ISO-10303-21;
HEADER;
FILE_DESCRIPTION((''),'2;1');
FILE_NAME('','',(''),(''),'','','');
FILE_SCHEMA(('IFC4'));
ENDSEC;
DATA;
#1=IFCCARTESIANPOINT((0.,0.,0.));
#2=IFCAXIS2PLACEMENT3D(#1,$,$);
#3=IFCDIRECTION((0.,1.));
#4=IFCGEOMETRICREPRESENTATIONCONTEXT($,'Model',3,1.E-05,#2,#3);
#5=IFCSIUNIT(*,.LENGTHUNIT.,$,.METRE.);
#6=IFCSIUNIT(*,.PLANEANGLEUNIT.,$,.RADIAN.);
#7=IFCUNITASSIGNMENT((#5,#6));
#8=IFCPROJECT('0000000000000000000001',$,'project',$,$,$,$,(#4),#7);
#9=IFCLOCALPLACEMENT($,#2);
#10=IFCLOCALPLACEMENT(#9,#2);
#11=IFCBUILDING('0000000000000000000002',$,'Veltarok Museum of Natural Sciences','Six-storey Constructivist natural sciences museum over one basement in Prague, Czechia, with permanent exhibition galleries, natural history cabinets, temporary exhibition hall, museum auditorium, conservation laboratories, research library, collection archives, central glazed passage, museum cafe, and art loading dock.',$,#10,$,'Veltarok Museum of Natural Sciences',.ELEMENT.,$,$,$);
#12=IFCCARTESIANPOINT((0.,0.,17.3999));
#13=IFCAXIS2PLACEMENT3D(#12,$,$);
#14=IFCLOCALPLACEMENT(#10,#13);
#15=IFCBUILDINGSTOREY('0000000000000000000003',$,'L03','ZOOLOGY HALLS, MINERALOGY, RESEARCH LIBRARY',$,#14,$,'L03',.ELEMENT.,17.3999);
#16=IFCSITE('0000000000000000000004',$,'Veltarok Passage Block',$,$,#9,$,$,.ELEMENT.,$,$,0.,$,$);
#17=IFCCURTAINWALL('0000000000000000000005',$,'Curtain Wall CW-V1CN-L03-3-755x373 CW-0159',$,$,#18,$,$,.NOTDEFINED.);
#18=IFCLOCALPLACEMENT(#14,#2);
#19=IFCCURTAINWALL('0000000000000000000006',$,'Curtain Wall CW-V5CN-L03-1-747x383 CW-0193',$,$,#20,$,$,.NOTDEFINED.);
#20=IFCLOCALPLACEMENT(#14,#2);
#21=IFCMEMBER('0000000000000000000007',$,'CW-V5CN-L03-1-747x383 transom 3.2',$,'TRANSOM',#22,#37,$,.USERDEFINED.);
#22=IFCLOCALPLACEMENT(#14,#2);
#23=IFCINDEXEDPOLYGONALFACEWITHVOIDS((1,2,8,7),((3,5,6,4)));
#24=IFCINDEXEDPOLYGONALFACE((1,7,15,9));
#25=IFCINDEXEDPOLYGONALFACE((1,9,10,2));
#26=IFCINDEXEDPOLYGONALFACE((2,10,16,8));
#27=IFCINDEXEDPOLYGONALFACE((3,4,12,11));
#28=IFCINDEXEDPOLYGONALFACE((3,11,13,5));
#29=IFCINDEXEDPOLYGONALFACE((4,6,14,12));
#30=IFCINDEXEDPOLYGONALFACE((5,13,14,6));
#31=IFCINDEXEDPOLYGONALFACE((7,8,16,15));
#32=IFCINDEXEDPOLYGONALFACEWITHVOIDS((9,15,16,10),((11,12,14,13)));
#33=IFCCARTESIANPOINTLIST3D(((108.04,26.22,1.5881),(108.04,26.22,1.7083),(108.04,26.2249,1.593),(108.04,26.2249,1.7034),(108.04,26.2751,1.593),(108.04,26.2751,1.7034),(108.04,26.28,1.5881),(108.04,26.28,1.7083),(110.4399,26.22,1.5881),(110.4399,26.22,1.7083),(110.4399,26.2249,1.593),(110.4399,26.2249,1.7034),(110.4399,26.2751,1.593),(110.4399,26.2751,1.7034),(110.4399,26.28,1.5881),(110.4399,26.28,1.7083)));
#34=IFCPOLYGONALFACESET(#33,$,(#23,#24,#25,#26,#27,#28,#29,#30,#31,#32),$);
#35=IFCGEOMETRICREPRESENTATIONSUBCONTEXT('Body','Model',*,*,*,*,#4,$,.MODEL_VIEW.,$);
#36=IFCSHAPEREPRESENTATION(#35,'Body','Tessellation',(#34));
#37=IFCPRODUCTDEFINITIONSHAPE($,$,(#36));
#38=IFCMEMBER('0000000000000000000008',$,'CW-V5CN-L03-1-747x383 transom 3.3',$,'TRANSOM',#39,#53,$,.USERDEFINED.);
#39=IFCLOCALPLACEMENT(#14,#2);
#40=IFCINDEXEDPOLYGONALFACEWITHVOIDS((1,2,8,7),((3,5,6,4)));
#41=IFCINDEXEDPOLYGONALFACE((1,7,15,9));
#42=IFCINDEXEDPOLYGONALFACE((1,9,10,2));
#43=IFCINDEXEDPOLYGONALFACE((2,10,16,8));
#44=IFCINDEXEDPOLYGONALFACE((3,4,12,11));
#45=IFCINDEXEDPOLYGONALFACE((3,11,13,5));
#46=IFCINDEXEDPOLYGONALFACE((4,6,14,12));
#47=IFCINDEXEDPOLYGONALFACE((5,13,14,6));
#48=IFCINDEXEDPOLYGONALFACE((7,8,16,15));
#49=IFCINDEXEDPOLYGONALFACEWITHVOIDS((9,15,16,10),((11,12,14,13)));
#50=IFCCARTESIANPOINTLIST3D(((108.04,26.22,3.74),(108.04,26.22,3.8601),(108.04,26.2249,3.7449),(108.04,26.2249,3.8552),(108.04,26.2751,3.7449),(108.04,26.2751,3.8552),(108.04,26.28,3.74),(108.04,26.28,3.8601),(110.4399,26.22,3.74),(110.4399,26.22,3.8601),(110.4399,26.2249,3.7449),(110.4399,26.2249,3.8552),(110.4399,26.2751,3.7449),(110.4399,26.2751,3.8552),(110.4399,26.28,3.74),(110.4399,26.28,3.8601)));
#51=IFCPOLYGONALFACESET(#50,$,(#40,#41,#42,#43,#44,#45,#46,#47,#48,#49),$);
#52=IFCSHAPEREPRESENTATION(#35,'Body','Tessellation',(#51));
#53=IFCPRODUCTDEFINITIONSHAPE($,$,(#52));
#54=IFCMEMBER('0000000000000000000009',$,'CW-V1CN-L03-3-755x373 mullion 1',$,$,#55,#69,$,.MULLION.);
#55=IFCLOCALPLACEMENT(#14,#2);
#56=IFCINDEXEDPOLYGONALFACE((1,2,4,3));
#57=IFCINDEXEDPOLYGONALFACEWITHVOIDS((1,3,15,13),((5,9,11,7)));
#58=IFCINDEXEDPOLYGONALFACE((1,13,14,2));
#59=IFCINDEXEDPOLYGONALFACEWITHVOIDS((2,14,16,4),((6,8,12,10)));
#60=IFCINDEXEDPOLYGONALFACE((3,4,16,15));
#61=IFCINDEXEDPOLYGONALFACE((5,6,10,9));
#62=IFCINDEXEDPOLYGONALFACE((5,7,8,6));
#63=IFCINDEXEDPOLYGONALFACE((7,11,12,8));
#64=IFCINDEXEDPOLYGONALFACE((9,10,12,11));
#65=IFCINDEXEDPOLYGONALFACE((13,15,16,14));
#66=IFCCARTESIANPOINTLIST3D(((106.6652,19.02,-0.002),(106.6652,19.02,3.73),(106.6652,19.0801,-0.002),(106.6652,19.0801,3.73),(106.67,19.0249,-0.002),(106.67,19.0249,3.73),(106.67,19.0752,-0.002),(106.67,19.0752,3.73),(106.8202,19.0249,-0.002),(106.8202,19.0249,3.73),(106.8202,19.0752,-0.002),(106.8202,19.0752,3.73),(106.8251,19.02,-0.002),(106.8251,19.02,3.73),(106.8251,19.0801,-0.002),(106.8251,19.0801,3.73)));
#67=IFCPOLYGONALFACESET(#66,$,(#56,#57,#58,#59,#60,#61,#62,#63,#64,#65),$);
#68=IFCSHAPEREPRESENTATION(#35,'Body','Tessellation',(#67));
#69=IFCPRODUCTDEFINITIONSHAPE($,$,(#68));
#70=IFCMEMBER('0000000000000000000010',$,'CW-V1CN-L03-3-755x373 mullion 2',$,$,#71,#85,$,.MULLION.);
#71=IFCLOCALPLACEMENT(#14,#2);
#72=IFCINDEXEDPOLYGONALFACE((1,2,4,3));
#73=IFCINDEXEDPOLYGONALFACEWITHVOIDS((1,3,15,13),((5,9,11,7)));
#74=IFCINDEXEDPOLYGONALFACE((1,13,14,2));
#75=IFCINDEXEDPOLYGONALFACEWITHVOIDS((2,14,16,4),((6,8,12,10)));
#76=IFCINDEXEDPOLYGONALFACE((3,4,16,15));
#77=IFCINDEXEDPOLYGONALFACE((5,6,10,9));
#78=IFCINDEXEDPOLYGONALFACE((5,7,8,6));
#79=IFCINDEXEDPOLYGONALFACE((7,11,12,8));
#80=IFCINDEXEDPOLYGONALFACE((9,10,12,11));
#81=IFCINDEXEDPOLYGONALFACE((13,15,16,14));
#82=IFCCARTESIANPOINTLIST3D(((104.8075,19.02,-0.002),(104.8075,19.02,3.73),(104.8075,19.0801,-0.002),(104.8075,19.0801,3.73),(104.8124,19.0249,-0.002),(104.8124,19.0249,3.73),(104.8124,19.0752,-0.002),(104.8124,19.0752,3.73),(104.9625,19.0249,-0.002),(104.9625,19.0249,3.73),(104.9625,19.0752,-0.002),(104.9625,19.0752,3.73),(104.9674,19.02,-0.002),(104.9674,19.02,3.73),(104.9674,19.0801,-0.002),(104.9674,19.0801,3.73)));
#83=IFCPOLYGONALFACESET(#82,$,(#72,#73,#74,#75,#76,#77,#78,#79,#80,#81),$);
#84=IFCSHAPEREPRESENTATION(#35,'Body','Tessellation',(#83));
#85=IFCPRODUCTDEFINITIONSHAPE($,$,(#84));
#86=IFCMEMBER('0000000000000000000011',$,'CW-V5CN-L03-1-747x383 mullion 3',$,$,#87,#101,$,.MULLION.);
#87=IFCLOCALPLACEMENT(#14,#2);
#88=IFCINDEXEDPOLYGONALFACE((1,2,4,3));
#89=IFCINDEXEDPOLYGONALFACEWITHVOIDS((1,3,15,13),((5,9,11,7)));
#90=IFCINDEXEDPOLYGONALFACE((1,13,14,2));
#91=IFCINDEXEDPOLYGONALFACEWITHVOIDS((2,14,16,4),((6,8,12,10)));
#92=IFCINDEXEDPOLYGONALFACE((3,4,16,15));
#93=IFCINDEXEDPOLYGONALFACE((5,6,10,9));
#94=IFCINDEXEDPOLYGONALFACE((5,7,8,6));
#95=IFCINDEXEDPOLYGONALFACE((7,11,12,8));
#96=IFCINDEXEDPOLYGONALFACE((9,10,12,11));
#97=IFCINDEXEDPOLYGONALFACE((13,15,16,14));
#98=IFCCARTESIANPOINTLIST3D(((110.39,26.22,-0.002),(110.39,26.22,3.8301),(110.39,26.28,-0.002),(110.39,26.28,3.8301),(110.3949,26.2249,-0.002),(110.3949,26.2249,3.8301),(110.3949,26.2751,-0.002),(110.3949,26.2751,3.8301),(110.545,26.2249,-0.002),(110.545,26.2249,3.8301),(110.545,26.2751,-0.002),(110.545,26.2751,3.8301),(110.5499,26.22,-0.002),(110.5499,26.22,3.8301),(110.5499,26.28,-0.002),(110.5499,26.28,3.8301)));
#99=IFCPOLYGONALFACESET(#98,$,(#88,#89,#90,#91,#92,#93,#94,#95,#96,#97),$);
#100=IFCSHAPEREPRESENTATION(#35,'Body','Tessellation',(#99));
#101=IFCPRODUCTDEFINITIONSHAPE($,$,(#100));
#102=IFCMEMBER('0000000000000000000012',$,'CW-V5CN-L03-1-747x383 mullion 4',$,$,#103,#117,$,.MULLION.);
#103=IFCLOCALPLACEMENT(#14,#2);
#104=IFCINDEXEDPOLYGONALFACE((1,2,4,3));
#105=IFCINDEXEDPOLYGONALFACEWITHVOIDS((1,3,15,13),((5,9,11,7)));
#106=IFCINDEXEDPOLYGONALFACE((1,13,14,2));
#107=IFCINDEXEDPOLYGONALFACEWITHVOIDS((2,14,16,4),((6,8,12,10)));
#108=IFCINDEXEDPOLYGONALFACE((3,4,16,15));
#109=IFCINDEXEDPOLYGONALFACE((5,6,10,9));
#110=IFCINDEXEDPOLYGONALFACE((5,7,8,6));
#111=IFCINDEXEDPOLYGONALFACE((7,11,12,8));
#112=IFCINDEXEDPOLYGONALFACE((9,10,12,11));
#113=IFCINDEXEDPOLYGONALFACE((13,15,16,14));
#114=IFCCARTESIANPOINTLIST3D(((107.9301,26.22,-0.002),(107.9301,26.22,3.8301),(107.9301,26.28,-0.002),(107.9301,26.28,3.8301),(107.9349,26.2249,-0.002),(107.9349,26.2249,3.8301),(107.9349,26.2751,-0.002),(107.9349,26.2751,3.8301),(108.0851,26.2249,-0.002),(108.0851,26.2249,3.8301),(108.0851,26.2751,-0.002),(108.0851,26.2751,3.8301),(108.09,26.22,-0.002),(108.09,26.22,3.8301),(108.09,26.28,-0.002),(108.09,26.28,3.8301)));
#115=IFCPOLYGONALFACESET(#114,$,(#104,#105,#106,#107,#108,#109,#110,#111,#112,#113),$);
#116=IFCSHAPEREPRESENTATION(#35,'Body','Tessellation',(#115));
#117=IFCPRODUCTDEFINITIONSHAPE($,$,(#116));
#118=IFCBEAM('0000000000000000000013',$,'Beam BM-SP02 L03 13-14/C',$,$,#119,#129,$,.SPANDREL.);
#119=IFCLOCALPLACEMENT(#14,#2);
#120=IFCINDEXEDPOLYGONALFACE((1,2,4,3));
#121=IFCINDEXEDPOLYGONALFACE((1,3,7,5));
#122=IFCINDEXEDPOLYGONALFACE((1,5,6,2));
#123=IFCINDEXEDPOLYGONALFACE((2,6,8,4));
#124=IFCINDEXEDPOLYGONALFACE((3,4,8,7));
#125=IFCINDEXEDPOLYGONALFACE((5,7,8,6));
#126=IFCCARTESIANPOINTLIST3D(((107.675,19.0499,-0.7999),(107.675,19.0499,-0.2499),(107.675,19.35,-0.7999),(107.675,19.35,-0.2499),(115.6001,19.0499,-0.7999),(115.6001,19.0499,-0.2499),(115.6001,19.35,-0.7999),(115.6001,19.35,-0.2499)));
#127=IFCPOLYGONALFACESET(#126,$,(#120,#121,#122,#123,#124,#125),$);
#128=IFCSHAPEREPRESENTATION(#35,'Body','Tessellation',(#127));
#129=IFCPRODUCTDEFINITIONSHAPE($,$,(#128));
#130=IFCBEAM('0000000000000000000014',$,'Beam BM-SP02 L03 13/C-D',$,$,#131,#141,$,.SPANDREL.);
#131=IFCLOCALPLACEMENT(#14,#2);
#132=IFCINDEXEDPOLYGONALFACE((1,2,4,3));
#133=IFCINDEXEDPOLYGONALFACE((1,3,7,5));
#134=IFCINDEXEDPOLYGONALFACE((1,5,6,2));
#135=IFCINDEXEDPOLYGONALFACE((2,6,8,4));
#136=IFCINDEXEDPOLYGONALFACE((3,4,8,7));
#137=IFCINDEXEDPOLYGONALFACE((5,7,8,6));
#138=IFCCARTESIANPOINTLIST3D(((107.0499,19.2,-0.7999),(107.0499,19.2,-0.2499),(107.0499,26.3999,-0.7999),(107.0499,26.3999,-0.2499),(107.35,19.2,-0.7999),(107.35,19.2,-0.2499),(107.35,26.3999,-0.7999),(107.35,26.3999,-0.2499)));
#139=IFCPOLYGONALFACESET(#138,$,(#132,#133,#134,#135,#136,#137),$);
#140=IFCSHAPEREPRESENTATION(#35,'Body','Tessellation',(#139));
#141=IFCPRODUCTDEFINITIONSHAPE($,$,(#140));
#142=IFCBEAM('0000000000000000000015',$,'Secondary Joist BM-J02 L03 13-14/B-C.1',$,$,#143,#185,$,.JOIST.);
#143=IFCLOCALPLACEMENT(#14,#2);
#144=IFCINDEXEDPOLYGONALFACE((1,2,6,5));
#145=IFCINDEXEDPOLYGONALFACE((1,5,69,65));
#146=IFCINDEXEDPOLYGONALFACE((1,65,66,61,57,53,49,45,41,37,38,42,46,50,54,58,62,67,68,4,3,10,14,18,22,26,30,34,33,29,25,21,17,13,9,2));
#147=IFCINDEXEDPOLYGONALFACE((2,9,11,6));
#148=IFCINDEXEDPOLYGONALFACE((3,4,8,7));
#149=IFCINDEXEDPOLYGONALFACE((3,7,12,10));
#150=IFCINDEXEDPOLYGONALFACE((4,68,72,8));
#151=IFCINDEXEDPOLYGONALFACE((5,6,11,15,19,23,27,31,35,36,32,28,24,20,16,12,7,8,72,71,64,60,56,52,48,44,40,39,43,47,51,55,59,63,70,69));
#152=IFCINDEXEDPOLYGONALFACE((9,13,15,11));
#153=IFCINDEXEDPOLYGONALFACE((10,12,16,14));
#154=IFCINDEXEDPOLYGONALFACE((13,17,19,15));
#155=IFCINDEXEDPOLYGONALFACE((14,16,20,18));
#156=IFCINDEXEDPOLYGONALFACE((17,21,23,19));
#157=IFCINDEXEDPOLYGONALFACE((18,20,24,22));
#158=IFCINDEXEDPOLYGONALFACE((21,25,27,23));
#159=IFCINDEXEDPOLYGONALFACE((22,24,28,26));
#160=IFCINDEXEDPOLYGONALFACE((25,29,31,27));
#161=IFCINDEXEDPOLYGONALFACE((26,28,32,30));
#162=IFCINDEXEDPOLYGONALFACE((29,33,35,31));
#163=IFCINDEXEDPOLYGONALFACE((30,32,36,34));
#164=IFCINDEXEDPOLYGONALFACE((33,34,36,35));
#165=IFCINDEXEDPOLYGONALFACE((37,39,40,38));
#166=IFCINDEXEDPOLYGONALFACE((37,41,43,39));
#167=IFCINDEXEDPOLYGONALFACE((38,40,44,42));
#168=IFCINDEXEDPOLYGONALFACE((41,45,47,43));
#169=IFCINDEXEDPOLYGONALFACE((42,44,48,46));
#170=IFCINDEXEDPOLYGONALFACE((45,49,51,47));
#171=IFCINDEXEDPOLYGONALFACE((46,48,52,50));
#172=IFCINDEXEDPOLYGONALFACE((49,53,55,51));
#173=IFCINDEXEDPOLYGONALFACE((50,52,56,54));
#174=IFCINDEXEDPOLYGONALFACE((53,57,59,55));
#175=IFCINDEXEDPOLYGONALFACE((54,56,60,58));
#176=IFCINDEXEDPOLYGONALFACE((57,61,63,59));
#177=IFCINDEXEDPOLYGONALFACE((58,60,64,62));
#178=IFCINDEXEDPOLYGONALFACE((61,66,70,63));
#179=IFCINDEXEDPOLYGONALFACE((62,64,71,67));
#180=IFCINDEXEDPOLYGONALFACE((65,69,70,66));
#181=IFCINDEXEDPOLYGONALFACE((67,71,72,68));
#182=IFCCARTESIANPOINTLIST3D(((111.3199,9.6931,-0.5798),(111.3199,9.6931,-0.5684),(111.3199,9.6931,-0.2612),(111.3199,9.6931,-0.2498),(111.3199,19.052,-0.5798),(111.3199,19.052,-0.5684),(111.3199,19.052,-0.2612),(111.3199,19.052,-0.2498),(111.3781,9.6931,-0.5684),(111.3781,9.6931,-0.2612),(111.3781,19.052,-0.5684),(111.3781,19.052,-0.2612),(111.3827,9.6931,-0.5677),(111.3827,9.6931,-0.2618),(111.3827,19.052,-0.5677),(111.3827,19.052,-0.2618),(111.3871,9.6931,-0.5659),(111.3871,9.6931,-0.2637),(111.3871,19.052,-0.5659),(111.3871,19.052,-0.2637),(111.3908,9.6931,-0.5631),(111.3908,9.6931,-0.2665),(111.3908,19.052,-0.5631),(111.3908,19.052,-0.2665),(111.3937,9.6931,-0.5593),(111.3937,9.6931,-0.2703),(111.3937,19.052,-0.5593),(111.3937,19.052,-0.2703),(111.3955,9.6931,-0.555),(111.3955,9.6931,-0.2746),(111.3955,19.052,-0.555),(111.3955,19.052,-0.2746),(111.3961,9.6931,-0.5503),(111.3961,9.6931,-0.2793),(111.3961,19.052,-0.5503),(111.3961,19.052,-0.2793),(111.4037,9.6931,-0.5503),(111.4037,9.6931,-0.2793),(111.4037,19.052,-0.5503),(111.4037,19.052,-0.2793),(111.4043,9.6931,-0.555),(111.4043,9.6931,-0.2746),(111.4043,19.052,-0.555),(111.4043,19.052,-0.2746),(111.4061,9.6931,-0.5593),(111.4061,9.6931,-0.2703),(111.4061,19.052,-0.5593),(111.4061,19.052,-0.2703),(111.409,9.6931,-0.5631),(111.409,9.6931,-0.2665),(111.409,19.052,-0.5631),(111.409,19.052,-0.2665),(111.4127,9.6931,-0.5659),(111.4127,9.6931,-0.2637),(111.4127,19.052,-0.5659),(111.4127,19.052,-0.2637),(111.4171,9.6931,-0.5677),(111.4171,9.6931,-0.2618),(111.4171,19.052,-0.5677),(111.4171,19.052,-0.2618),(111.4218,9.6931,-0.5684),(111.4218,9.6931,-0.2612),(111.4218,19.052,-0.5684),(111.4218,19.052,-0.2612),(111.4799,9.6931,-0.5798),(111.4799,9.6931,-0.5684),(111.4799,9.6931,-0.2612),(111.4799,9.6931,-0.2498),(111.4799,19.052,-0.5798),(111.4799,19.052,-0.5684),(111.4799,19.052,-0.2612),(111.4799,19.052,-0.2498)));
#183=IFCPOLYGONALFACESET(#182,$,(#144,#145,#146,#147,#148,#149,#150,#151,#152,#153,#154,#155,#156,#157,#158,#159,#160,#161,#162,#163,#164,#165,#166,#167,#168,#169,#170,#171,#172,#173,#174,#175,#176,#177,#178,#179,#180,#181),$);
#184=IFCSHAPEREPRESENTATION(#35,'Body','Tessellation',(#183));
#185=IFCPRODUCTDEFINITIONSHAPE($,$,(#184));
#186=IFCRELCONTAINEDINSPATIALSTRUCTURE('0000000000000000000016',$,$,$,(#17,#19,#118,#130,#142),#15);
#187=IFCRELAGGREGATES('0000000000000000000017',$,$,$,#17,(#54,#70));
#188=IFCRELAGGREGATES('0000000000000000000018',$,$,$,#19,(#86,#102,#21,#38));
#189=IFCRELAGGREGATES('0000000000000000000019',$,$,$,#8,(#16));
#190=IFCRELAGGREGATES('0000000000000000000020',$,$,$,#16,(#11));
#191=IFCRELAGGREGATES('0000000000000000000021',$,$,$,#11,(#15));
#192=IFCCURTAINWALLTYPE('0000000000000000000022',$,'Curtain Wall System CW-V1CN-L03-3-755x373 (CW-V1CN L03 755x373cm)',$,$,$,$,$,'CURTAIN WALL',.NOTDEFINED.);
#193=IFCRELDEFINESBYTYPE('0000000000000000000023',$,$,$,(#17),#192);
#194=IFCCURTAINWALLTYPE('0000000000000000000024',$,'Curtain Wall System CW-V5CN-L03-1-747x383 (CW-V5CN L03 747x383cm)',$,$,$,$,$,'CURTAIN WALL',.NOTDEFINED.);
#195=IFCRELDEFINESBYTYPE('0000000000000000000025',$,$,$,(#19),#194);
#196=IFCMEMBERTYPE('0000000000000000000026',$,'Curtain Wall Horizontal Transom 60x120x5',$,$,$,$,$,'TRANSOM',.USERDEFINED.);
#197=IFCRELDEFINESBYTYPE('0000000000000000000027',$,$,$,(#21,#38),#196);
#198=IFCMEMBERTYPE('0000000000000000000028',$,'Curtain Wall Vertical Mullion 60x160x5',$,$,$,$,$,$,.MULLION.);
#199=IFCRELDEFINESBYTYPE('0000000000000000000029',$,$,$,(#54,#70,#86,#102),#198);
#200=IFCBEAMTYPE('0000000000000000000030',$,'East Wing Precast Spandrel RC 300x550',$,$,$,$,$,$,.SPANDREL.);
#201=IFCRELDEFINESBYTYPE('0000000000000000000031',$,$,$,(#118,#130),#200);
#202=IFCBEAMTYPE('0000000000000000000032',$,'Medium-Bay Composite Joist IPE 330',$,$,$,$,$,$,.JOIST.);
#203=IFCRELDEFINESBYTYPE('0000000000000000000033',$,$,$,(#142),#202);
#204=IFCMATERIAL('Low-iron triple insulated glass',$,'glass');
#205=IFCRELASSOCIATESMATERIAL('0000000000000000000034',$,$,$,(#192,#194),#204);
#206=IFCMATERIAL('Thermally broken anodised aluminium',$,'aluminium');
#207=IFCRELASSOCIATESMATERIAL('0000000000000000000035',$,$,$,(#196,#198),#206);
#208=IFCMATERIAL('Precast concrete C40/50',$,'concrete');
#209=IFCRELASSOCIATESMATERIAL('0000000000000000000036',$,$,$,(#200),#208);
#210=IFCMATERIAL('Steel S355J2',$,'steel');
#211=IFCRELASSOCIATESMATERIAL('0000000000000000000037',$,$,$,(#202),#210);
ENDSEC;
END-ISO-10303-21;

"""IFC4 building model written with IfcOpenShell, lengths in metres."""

from ifc_helpers import new_model, si_unit, direction, frame, origin, origin_2d, place, context, subcontext, project, spatial, rectangle, hollow_rectangle, i_section, extrude, material, material_profile, profile_set, type_object, element, aggregate, save


model = new_model("IFC4")

# Units and contexts
model_context = context("Model", 3, precision=1e-05, world=origin(), true_north=direction((0.0, 1.0)))
body_context = subcontext(model_context, "Body", "Model", "MODEL_VIEW")
ifc_project = project(units=[si_unit("LENGTHUNIT", "METRE"), si_unit("PLANEANGLEUNIT", "RADIAN")], contexts=[model_context])

# Site, building, storey
site_placement = place(None, origin())
site = spatial("IfcSite", under=ifc_project, at=site_placement, Name="Veltarok Passage Block", CompositionType="ELEMENT", RefElevation=0.0)
building_placement = place(site_placement, origin())
building = spatial("IfcBuilding", under=site, at=building_placement, Name="Veltarok Museum of Natural Sciences", Description="Six-storey Constructivist natural sciences museum over one basement in Prague, Czechia, with permanent exhibition galleries, natural history cabinets, temporary exhibition hall, museum auditorium, conservation laboratories, research library, collection archives, central glazed passage, museum cafe, and art loading dock.", LongName="Veltarok Museum of Natural Sciences", CompositionType="ELEMENT")
storey_placement = place(building_placement, frame((0.0, 0.0, 17.3999)))
storey = spatial("IfcBuildingStorey", under=building, at=storey_placement, Name="L03", Description="ZOOLOGY HALLS, MINERALOGY, RESEARCH LIBRARY", LongName="L03", CompositionType="ELEMENT", Elevation=17.3999)

# Curtain walls, members
ifc_material_1 = material(Name="Low-iron triple insulated glass", Category="glass")
curtain_wall_type_1 = type_object("IfcCurtainWallType", Name="Curtain Wall System CW-V1CN-L03-3-755x373 (CW-V1CN L03 755x373cm)", ElementType="CURTAIN WALL", PredefinedType="NOTDEFINED", material=ifc_material_1)
curtain_wall_1_placement = place(storey_placement, origin())
curtain_wall_1 = element("IfcCurtainWall", 1, at=curtain_wall_1_placement, inside=storey, type_object=curtain_wall_type_1, Name="Curtain Wall CW-V1CN-L03-3-755x373 CW-0159", PredefinedType="NOTDEFINED")
ifc_material_2 = material(Name="Thermally broken anodised aluminium", Category="aluminium")
ifc_material_profile_1 = material_profile(ifc_material_2, hollow_rectangle(XDim=0.0601, YDim=0.1201, WallThickness=0.0049, at=origin_2d()), Name="CW TRANSOM 60x120x5")
ifc_profile_set_1 = profile_set([ifc_material_profile_1], Name="Thermally broken anodised aluminium")
member_type_1 = type_object("IfcMemberType", Name="Curtain Wall Horizontal Transom 60x120x5", ElementType="TRANSOM", PredefinedType="USERDEFINED", material=ifc_profile_set_1)
curtain_wall_type_2 = type_object("IfcCurtainWallType", Name="Curtain Wall System CW-V5CN-L03-1-747x383 (CW-V5CN L03 747x383cm)", ElementType="CURTAIN WALL", PredefinedType="NOTDEFINED", material=ifc_material_1)
curtain_wall_2_placement = place(storey_placement, origin())
curtain_wall_2 = element("IfcCurtainWall", 2, at=curtain_wall_2_placement, inside=storey, type_object=curtain_wall_type_2, Name="Curtain Wall CW-V5CN-L03-1-747x383 CW-0193", PredefinedType="NOTDEFINED")
member_1_placement = place(storey_placement, frame((110.4399, 26.25, 1.6482), z_axis=(-1.0, 0.0, 0.0), x_axis=(0.0, -1.0, 0.0)))
member_1 = element("IfcMember", 3, at=member_1_placement, type_object=member_type_1, Name="CW-V5CN-L03-1-747x383 transom 3.2", ObjectType="TRANSOM", PredefinedType="USERDEFINED", context=body_context, shape_type="SweptSolid", body=[
    extrude(hollow_rectangle(XDim=0.0601, YDim=0.1201, WallThickness=0.0049, at=origin_2d()), origin(), (0.0, 0.0, 1.0), 2.3999),
])
member_2_placement = place(storey_placement, frame((110.4399, 26.25, 3.8), z_axis=(-1.0, 0.0, 0.0), x_axis=(0.0, -1.0, 0.0)))
member_2 = element("IfcMember", 4, at=member_2_placement, type_object=member_type_1, Name="CW-V5CN-L03-1-747x383 transom 3.3", ObjectType="TRANSOM", PredefinedType="USERDEFINED", context=body_context, shape_type="SweptSolid", body=[
    extrude(hollow_rectangle(XDim=0.0601, YDim=0.1201, WallThickness=0.0049, at=origin_2d()), origin(), (0.0, 0.0, 1.0), 2.3999),
])

# Members
ifc_material_profile_2 = material_profile(ifc_material_2, hollow_rectangle(XDim=0.0601, YDim=0.1599, WallThickness=0.0049, at=origin_2d()), Name="CW MULLION 60x160x5")
ifc_profile_set_2 = profile_set([ifc_material_profile_2], Name="Thermally broken anodised aluminium")
member_type_2 = type_object("IfcMemberType", Name="Curtain Wall Vertical Mullion 60x160x5", PredefinedType="MULLION", material=ifc_profile_set_2)
member_3_placement = place(storey_placement, frame((106.7451, 19.05, -0.002), z_axis=(0.0, 0.0, 1.0), x_axis=(0.0, -1.0, 0.0)))
member_3 = element("IfcMember", 5, at=member_3_placement, type_object=member_type_2, Name="CW-V1CN-L03-3-755x373 mullion 1", PredefinedType="MULLION", context=body_context, shape_type="SweptSolid", body=[
    extrude(hollow_rectangle(XDim=0.0601, YDim=0.1599, WallThickness=0.0049, at=origin_2d()), origin(), (0.0, 0.0, 1.0), 3.7319),
])
member_4_placement = place(storey_placement, frame((104.8875, 19.05, -0.002), z_axis=(0.0, 0.0, 1.0), x_axis=(0.0, -1.0, 0.0)))
member_4 = element("IfcMember", 6, at=member_4_placement, type_object=member_type_2, Name="CW-V1CN-L03-3-755x373 mullion 2", PredefinedType="MULLION", context=body_context, shape_type="SweptSolid", body=[
    extrude(hollow_rectangle(XDim=0.0601, YDim=0.1599, WallThickness=0.0049, at=origin_2d()), origin(), (0.0, 0.0, 1.0), 3.7319),
])
member_5_placement = place(storey_placement, frame((110.47, 26.25, -0.002), z_axis=(0.0, 0.0, 1.0), x_axis=(0.0, -1.0, 0.0)))
member_5 = element("IfcMember", 7, at=member_5_placement, type_object=member_type_2, Name="CW-V5CN-L03-1-747x383 mullion 3", PredefinedType="MULLION", context=body_context, shape_type="SweptSolid", body=[
    extrude(hollow_rectangle(XDim=0.0601, YDim=0.1599, WallThickness=0.0049, at=origin_2d()), origin(), (0.0, 0.0, 1.0), 3.832),
])
member_6_placement = place(storey_placement, frame((108.01, 26.25, -0.002), z_axis=(0.0, 0.0, 1.0), x_axis=(0.0, -1.0, 0.0)))
member_6 = element("IfcMember", 8, at=member_6_placement, type_object=member_type_2, Name="CW-V5CN-L03-1-747x383 mullion 4", PredefinedType="MULLION", context=body_context, shape_type="SweptSolid", body=[
    extrude(hollow_rectangle(XDim=0.0601, YDim=0.1599, WallThickness=0.0049, at=origin_2d()), origin(), (0.0, 0.0, 1.0), 3.832),
])

# Beams
ifc_material_3 = material(Name="Precast concrete C40/50", Category="concrete")
ifc_material_profile_3 = material_profile(ifc_material_3, rectangle(XDim=0.3, YDim=0.55, at=origin_2d()), Name="RC 300x550")
ifc_profile_set_3 = profile_set([ifc_material_profile_3], Name="Precast concrete C40/50")
beam_type_1 = type_object("IfcBeamType", Name="East Wing Precast Spandrel RC 300x550", PredefinedType="SPANDREL", material=ifc_profile_set_3)
beam_1_placement = place(storey_placement, frame((107.675, 19.2, -0.5249), z_axis=(1.0, 0.0, 0.0), x_axis=(0.0, 1.0, 0.0)))
element("IfcBeam", 9, at=beam_1_placement, inside=storey, type_object=beam_type_1, Name="Beam BM-SP02 L03 13-14/C", PredefinedType="SPANDREL", context=body_context, shape_type="SweptSolid", body=[
    extrude(rectangle(XDim=0.3, YDim=0.55, at=origin_2d()), origin(), (0.0, 0.0, 1.0), 7.925),
])
beam_2_placement = place(storey_placement, frame((107.2, 19.2, -0.5249), z_axis=(0.0, 1.0, 0.0), x_axis=(-1.0, 0.0, 0.0)))
element("IfcBeam", 10, at=beam_2_placement, inside=storey, type_object=beam_type_1, Name="Beam BM-SP02 L03 13/C-D", PredefinedType="SPANDREL", context=body_context, shape_type="SweptSolid", body=[
    extrude(rectangle(XDim=0.3, YDim=0.55, at=origin_2d()), origin(), (0.0, 0.0, 1.0), 7.2),
])
ifc_material_4 = material(Name="Steel S355J2", Category="steel")
ifc_material_profile_4 = material_profile(ifc_material_4, i_section(OverallWidth=0.1599, OverallDepth=0.3301, WebThickness=0.0076, FlangeThickness=0.0115, FilletRadius=0.0181, at=origin_2d()), Name="IPE 330")
ifc_profile_set_4 = profile_set([ifc_material_profile_4], Name="Steel S355J2")
beam_type_2 = type_object("IfcBeamType", Name="Medium-Bay Composite Joist IPE 330", PredefinedType="JOIST", material=ifc_profile_set_4)
beam_3_placement = place(storey_placement, frame((111.3999, 9.6931, -0.4148), z_axis=(0.0, 1.0, 0.0), x_axis=(-1.0, 0.0, 0.0)))
element("IfcBeam", 11, at=beam_3_placement, inside=storey, type_object=beam_type_2, Name="Secondary Joist BM-J02 L03 13-14/B-C.1", PredefinedType="JOIST", context=body_context, shape_type="SweptSolid", body=[
    extrude(i_section(OverallWidth=0.1599, OverallDepth=0.3301, WebThickness=0.0076, FlangeThickness=0.0115, FilletRadius=0.0181, at=origin_2d()), origin(), (0.0, 0.0, 1.0), 9.3589),
])

aggregate(curtain_wall_1, [member_3, member_4])
aggregate(curtain_wall_2, [member_5, member_6, member_1, member_2])

save(model, "model.ifc")
